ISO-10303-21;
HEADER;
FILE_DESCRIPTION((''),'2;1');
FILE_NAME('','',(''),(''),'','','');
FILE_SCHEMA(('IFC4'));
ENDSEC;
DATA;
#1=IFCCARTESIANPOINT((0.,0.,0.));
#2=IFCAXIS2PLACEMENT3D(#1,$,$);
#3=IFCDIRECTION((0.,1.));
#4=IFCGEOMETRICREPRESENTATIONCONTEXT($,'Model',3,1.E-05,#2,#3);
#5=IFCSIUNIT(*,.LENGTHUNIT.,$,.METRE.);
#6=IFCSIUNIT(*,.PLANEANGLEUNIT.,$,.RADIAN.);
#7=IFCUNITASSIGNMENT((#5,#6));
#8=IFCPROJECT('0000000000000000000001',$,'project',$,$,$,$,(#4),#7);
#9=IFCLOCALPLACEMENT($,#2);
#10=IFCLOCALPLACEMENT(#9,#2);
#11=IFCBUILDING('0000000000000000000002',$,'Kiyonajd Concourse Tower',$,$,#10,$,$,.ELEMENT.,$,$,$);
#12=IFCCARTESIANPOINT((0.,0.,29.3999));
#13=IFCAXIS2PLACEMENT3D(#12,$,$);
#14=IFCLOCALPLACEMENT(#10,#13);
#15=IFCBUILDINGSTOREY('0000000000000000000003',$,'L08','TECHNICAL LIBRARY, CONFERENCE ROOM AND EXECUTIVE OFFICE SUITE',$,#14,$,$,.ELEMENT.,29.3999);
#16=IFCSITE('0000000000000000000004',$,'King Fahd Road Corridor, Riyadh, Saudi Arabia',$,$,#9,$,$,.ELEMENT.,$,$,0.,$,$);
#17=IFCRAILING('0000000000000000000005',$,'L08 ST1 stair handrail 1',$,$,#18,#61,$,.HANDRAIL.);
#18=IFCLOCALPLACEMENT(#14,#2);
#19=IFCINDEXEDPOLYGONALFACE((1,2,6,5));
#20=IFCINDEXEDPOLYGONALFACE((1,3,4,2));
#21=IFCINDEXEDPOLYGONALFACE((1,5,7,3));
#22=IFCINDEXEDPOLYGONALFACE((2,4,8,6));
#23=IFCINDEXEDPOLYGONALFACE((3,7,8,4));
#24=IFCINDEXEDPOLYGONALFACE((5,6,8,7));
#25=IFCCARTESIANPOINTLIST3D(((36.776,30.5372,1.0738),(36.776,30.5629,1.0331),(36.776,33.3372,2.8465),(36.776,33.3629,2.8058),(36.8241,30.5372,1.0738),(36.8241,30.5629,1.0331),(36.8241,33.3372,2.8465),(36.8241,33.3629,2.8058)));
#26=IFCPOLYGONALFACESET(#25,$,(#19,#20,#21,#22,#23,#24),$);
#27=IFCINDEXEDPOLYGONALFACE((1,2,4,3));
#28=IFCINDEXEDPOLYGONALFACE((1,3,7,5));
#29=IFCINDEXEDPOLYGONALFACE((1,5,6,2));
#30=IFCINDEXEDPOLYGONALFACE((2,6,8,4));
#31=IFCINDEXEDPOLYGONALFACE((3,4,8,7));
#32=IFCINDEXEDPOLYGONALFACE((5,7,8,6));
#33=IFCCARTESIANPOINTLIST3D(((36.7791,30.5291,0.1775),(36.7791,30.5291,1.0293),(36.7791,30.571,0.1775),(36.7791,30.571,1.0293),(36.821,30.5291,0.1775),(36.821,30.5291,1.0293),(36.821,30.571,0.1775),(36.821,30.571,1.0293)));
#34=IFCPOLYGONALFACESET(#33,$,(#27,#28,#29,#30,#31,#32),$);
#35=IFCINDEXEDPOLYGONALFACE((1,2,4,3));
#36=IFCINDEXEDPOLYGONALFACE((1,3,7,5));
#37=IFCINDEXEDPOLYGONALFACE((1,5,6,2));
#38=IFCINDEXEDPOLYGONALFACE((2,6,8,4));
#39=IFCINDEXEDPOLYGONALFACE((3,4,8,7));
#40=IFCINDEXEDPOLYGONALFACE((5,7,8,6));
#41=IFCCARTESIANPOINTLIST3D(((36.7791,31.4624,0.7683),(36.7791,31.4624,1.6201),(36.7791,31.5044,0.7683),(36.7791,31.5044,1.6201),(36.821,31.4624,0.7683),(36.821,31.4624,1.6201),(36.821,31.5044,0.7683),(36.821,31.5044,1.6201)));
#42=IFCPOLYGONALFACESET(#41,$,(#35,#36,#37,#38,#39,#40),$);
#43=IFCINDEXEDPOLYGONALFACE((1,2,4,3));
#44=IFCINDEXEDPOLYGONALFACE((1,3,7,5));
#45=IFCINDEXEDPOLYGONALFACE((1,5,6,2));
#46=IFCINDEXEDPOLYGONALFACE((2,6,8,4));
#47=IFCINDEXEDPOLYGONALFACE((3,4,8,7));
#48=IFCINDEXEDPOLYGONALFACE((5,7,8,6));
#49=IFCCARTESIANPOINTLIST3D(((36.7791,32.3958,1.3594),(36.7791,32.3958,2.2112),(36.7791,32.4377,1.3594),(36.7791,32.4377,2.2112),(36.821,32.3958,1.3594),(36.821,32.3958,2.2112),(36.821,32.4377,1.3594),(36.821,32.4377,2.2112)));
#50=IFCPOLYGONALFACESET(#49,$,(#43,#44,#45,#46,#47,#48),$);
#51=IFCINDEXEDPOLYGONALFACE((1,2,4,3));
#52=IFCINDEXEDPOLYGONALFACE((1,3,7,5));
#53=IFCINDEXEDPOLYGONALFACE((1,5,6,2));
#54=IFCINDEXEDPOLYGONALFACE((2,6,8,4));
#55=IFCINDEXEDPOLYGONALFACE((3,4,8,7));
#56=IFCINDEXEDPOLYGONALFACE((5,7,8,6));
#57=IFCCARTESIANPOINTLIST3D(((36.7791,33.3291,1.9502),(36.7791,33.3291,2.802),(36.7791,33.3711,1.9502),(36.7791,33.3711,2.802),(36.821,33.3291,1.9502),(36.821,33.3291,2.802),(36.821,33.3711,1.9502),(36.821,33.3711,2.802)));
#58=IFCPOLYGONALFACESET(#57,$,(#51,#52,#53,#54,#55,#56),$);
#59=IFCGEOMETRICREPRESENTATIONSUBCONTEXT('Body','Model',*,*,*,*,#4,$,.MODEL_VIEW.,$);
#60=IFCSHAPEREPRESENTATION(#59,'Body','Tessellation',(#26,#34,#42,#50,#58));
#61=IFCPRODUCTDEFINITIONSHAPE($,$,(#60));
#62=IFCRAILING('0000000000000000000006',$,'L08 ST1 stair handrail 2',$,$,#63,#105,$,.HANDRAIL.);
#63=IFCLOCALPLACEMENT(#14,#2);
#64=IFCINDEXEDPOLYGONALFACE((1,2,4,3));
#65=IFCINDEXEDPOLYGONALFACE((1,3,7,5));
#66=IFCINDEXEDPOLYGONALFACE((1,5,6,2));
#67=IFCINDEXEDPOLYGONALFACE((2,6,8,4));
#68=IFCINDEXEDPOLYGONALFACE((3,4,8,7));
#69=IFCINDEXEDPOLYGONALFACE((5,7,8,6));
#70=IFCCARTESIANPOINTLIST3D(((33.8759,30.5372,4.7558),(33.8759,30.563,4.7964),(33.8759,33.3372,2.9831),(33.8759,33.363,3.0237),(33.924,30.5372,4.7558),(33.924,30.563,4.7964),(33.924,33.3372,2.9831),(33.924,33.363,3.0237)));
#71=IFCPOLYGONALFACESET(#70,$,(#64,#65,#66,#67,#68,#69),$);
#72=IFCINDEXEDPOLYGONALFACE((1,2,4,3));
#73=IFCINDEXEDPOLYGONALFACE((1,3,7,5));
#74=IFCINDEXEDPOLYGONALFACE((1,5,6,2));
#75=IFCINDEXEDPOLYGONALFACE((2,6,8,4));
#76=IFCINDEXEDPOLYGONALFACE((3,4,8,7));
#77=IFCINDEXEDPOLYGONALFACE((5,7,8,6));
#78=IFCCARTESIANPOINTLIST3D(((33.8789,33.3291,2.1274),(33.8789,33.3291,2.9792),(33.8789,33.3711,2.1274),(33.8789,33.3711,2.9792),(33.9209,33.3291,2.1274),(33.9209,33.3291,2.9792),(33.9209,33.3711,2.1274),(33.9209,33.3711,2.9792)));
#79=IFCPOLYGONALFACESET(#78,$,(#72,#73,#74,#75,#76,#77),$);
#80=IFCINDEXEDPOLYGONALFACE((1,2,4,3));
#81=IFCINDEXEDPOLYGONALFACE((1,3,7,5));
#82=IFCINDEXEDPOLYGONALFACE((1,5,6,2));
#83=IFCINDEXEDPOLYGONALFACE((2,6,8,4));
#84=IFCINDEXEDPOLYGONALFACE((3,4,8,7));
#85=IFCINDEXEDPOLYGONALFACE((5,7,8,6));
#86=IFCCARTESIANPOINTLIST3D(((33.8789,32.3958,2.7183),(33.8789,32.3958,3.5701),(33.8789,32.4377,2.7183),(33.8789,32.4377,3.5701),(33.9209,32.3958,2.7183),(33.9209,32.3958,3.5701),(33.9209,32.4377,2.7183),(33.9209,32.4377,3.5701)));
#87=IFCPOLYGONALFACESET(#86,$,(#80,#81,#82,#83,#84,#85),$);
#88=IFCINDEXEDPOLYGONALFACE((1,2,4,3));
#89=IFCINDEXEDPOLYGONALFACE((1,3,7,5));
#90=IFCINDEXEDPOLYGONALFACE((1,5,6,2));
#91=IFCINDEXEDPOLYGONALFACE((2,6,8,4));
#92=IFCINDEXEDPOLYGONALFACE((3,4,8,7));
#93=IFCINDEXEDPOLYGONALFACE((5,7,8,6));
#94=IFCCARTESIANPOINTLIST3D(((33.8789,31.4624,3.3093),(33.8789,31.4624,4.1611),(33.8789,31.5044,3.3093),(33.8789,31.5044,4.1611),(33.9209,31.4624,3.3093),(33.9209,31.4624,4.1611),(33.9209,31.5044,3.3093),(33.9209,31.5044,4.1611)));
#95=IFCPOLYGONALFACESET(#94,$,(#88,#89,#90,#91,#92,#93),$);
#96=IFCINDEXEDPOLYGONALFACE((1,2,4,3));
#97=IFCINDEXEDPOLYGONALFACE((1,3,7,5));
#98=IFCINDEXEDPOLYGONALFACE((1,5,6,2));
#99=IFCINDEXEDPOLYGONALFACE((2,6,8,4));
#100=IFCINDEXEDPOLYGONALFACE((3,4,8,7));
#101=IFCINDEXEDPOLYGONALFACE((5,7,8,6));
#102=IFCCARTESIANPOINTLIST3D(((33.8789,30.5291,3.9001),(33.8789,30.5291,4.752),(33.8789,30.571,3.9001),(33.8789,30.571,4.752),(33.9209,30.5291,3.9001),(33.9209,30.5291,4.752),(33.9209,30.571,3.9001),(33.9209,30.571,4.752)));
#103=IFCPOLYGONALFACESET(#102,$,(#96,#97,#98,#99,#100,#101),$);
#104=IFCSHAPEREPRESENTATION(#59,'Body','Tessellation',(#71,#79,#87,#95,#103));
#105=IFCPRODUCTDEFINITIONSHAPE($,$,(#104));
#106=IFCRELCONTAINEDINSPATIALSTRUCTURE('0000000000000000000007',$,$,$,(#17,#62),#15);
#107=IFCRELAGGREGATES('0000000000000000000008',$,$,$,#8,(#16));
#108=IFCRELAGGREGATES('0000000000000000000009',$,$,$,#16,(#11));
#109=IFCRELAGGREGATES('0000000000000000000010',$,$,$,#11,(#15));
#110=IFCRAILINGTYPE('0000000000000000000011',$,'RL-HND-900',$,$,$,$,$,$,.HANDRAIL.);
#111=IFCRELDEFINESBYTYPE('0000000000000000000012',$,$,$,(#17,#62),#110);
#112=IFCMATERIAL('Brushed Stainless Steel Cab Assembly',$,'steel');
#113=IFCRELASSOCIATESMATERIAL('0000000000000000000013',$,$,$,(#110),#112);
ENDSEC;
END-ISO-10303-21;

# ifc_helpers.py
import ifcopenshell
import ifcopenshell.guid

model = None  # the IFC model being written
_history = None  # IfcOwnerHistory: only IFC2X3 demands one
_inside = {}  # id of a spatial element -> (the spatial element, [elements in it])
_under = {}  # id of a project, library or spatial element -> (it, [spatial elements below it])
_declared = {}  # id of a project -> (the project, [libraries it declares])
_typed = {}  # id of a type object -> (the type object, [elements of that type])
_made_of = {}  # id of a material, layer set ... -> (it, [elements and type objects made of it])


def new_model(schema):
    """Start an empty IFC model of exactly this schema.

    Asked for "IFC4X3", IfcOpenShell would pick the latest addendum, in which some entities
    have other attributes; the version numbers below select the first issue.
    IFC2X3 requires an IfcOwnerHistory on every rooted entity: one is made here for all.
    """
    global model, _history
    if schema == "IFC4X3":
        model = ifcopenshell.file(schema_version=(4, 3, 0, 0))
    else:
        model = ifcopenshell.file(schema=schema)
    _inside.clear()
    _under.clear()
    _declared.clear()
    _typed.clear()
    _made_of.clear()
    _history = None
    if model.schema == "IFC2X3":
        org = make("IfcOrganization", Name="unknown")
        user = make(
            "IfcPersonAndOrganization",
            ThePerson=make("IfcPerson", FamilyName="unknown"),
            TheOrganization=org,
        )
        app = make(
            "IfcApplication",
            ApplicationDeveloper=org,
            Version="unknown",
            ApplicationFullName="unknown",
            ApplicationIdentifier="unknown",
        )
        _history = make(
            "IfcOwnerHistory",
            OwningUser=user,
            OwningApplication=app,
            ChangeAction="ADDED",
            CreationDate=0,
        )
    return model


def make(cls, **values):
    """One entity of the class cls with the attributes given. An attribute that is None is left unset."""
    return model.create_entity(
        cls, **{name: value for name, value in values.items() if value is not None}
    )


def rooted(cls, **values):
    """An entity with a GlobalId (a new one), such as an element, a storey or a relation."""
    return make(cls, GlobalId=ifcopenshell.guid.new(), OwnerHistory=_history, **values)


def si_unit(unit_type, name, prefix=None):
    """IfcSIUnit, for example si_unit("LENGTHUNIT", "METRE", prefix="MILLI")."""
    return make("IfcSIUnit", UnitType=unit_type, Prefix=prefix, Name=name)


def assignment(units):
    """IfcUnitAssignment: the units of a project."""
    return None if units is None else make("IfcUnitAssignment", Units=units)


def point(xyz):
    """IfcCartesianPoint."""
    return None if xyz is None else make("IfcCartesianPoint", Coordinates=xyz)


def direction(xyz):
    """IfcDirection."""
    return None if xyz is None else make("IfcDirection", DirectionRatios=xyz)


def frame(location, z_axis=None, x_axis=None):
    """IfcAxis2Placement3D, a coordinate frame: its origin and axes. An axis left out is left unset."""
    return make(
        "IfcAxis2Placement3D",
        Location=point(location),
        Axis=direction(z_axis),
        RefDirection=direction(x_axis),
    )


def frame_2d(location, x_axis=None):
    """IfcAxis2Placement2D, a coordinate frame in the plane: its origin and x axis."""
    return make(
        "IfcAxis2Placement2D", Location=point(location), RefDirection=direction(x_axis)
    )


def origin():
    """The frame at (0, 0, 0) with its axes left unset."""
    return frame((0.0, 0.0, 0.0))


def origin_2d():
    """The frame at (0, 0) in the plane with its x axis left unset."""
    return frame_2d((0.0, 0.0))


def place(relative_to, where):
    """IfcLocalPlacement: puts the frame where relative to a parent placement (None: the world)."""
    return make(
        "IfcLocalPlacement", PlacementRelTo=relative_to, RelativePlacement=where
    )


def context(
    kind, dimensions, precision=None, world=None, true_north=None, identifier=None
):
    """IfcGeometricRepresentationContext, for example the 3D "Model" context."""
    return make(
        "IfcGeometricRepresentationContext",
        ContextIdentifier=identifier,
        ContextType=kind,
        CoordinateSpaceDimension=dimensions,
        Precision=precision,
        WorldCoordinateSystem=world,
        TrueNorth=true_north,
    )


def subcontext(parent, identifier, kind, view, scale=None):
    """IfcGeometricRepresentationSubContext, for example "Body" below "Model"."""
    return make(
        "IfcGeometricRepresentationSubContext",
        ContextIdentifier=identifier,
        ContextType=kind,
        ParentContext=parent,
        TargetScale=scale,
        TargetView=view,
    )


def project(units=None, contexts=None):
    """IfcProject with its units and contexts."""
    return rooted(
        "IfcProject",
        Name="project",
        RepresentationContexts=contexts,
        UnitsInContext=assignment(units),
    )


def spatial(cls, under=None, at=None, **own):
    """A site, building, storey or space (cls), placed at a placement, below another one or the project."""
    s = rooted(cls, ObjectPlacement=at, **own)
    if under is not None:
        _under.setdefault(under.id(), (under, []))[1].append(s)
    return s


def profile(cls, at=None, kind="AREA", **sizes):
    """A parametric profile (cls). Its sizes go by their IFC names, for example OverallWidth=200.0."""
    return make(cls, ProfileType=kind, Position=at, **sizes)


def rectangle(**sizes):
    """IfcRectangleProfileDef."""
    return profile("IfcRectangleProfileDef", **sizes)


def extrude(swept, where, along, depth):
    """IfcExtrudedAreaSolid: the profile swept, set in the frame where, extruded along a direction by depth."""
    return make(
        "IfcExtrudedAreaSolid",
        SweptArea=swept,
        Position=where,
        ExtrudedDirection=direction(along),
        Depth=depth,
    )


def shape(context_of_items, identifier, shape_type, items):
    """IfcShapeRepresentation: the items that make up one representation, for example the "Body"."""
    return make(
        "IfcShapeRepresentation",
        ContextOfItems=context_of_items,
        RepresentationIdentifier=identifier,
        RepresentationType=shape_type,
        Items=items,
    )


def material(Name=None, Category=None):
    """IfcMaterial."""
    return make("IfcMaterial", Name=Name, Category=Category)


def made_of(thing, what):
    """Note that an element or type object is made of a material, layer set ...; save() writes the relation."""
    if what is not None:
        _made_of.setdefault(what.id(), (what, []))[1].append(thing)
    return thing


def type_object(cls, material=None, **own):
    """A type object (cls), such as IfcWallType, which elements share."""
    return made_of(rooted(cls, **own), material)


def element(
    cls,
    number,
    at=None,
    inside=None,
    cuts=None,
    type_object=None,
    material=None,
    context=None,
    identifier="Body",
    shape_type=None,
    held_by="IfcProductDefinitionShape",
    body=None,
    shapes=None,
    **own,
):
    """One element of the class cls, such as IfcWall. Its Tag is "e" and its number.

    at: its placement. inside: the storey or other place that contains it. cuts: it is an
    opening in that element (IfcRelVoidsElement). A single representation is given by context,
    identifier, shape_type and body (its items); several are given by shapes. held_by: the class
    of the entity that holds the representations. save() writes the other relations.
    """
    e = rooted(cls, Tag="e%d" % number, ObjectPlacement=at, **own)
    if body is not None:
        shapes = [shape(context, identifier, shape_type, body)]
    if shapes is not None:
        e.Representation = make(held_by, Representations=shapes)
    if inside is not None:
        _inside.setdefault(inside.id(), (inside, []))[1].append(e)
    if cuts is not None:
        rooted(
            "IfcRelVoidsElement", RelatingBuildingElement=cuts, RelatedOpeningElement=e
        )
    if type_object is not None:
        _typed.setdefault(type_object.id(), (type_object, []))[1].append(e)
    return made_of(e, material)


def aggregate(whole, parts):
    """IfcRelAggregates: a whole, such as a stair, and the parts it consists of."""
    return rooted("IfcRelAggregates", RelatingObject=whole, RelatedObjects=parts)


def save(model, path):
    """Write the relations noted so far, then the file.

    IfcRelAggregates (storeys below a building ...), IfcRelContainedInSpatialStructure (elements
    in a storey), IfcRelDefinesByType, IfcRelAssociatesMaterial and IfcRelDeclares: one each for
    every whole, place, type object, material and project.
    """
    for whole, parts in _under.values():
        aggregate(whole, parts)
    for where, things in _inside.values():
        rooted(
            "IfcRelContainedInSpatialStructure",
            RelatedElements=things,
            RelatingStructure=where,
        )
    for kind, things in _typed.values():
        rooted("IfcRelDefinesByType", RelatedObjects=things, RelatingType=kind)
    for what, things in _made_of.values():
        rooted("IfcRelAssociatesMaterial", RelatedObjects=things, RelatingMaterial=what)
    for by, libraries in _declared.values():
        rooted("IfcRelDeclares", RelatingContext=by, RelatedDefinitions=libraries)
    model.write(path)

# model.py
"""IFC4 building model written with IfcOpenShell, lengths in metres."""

from ifc_helpers import new_model, si_unit, direction, frame, origin, origin_2d, place, context, subcontext, project, spatial, rectangle, extrude, material, type_object, element, save


model = new_model("IFC4")

# Units and contexts
model_context = context("Model", 3, precision=1e-05, world=origin(), true_north=direction((0.0, 1.0)))
body_context = subcontext(model_context, "Body", "Model", "MODEL_VIEW")
ifc_project = project(units=[si_unit("LENGTHUNIT", "METRE"), si_unit("PLANEANGLEUNIT", "RADIAN")], contexts=[model_context])

# Site, building, storey
site_placement = place(None, origin())
site = spatial("IfcSite", under=ifc_project, at=site_placement, Name="King Fahd Road Corridor, Riyadh, Saudi Arabia", CompositionType="ELEMENT", RefElevation=0.0)
building_placement = place(site_placement, origin())
building = spatial("IfcBuilding", under=site, at=building_placement, Name="Kiyonajd Concourse Tower", CompositionType="ELEMENT")
storey_placement = place(building_placement, frame((0.0, 0.0, 29.3999)))
storey = spatial("IfcBuildingStorey", under=building, at=storey_placement, Name="L08", Description="TECHNICAL LIBRARY, CONFERENCE ROOM AND EXECUTIVE OFFICE SUITE", CompositionType="ELEMENT", Elevation=29.3999)

# Shared definitions
ifc_material_1 = material(Name="Brushed Stainless Steel Cab Assembly", Category="steel")

# Railings
railing_type_1 = type_object("IfcRailingType", Name="RL-HND-900", PredefinedType="HANDRAIL", material=ifc_material_1)
railing_1_placement = place(storey_placement, frame((36.8, 30.55, 0.1775)))
element("IfcRailing", 1, at=railing_1_placement, inside=storey, type_object=railing_type_1, Name="L08 ST1 stair handrail 1", PredefinedType="HANDRAIL", context=body_context, shape_type="SweptSolid", body=[
    extrude(rectangle(XDim=0.0481, YDim=0.0481, at=origin_2d()), frame((0.0, 0.0, 0.876), z_axis=(0.0, 0.844909, 0.53491), x_axis=(-1.0, 0.0, 0.0)), (0.0, 0.0, 1.0), 3.314),
    extrude(rectangle(XDim=0.042, YDim=0.042, at=origin_2d()), origin(), (0.0, 0.0, 1.0), 0.8518),
    extrude(rectangle(XDim=0.042, YDim=0.042, at=origin_2d()), frame((0.0, 0.9333, 0.5908)), (0.0, 0.0, 1.0), 0.8518),
    extrude(rectangle(XDim=0.042, YDim=0.042, at=origin_2d()), frame((0.0, 1.8667, 1.1819)), (0.0, 0.0, 1.0), 0.8518),
    extrude(rectangle(XDim=0.042, YDim=0.042, at=origin_2d()), frame((0.0, 2.8, 1.7727)), (0.0, 0.0, 1.0), 0.8518),
])
railing_2_placement = place(storey_placement, frame((33.8999, 33.3501, 2.1274)))
element("IfcRailing", 2, at=railing_2_placement, inside=storey, type_object=railing_type_1, Name="L08 ST1 stair handrail 2", PredefinedType="HANDRAIL", context=body_context, shape_type="SweptSolid", body=[
    extrude(rectangle(XDim=0.0481, YDim=0.0481, at=origin_2d()), frame((0.0, 0.0, 0.876), z_axis=(0.0, -0.844909, 0.53491), x_axis=(1.0, 0.0, 0.0)), (0.0, 0.0, 1.0), 3.314),
    extrude(rectangle(XDim=0.042, YDim=0.042, at=origin_2d()), origin(), (0.0, 0.0, 1.0), 0.8518),
    extrude(rectangle(XDim=0.042, YDim=0.042, at=origin_2d()), frame((0.0, -0.9333, 0.5908)), (0.0, 0.0, 1.0), 0.8518),
    extrude(rectangle(XDim=0.042, YDim=0.042, at=origin_2d()), frame((0.0, -1.8667, 1.1819)), (0.0, 0.0, 1.0), 0.8518),
    extrude(rectangle(XDim=0.042, YDim=0.042, at=origin_2d()), frame((0.0, -2.8, 1.7727)), (0.0, 0.0, 1.0), 0.8518),
])

save(model, "model.ifc")
